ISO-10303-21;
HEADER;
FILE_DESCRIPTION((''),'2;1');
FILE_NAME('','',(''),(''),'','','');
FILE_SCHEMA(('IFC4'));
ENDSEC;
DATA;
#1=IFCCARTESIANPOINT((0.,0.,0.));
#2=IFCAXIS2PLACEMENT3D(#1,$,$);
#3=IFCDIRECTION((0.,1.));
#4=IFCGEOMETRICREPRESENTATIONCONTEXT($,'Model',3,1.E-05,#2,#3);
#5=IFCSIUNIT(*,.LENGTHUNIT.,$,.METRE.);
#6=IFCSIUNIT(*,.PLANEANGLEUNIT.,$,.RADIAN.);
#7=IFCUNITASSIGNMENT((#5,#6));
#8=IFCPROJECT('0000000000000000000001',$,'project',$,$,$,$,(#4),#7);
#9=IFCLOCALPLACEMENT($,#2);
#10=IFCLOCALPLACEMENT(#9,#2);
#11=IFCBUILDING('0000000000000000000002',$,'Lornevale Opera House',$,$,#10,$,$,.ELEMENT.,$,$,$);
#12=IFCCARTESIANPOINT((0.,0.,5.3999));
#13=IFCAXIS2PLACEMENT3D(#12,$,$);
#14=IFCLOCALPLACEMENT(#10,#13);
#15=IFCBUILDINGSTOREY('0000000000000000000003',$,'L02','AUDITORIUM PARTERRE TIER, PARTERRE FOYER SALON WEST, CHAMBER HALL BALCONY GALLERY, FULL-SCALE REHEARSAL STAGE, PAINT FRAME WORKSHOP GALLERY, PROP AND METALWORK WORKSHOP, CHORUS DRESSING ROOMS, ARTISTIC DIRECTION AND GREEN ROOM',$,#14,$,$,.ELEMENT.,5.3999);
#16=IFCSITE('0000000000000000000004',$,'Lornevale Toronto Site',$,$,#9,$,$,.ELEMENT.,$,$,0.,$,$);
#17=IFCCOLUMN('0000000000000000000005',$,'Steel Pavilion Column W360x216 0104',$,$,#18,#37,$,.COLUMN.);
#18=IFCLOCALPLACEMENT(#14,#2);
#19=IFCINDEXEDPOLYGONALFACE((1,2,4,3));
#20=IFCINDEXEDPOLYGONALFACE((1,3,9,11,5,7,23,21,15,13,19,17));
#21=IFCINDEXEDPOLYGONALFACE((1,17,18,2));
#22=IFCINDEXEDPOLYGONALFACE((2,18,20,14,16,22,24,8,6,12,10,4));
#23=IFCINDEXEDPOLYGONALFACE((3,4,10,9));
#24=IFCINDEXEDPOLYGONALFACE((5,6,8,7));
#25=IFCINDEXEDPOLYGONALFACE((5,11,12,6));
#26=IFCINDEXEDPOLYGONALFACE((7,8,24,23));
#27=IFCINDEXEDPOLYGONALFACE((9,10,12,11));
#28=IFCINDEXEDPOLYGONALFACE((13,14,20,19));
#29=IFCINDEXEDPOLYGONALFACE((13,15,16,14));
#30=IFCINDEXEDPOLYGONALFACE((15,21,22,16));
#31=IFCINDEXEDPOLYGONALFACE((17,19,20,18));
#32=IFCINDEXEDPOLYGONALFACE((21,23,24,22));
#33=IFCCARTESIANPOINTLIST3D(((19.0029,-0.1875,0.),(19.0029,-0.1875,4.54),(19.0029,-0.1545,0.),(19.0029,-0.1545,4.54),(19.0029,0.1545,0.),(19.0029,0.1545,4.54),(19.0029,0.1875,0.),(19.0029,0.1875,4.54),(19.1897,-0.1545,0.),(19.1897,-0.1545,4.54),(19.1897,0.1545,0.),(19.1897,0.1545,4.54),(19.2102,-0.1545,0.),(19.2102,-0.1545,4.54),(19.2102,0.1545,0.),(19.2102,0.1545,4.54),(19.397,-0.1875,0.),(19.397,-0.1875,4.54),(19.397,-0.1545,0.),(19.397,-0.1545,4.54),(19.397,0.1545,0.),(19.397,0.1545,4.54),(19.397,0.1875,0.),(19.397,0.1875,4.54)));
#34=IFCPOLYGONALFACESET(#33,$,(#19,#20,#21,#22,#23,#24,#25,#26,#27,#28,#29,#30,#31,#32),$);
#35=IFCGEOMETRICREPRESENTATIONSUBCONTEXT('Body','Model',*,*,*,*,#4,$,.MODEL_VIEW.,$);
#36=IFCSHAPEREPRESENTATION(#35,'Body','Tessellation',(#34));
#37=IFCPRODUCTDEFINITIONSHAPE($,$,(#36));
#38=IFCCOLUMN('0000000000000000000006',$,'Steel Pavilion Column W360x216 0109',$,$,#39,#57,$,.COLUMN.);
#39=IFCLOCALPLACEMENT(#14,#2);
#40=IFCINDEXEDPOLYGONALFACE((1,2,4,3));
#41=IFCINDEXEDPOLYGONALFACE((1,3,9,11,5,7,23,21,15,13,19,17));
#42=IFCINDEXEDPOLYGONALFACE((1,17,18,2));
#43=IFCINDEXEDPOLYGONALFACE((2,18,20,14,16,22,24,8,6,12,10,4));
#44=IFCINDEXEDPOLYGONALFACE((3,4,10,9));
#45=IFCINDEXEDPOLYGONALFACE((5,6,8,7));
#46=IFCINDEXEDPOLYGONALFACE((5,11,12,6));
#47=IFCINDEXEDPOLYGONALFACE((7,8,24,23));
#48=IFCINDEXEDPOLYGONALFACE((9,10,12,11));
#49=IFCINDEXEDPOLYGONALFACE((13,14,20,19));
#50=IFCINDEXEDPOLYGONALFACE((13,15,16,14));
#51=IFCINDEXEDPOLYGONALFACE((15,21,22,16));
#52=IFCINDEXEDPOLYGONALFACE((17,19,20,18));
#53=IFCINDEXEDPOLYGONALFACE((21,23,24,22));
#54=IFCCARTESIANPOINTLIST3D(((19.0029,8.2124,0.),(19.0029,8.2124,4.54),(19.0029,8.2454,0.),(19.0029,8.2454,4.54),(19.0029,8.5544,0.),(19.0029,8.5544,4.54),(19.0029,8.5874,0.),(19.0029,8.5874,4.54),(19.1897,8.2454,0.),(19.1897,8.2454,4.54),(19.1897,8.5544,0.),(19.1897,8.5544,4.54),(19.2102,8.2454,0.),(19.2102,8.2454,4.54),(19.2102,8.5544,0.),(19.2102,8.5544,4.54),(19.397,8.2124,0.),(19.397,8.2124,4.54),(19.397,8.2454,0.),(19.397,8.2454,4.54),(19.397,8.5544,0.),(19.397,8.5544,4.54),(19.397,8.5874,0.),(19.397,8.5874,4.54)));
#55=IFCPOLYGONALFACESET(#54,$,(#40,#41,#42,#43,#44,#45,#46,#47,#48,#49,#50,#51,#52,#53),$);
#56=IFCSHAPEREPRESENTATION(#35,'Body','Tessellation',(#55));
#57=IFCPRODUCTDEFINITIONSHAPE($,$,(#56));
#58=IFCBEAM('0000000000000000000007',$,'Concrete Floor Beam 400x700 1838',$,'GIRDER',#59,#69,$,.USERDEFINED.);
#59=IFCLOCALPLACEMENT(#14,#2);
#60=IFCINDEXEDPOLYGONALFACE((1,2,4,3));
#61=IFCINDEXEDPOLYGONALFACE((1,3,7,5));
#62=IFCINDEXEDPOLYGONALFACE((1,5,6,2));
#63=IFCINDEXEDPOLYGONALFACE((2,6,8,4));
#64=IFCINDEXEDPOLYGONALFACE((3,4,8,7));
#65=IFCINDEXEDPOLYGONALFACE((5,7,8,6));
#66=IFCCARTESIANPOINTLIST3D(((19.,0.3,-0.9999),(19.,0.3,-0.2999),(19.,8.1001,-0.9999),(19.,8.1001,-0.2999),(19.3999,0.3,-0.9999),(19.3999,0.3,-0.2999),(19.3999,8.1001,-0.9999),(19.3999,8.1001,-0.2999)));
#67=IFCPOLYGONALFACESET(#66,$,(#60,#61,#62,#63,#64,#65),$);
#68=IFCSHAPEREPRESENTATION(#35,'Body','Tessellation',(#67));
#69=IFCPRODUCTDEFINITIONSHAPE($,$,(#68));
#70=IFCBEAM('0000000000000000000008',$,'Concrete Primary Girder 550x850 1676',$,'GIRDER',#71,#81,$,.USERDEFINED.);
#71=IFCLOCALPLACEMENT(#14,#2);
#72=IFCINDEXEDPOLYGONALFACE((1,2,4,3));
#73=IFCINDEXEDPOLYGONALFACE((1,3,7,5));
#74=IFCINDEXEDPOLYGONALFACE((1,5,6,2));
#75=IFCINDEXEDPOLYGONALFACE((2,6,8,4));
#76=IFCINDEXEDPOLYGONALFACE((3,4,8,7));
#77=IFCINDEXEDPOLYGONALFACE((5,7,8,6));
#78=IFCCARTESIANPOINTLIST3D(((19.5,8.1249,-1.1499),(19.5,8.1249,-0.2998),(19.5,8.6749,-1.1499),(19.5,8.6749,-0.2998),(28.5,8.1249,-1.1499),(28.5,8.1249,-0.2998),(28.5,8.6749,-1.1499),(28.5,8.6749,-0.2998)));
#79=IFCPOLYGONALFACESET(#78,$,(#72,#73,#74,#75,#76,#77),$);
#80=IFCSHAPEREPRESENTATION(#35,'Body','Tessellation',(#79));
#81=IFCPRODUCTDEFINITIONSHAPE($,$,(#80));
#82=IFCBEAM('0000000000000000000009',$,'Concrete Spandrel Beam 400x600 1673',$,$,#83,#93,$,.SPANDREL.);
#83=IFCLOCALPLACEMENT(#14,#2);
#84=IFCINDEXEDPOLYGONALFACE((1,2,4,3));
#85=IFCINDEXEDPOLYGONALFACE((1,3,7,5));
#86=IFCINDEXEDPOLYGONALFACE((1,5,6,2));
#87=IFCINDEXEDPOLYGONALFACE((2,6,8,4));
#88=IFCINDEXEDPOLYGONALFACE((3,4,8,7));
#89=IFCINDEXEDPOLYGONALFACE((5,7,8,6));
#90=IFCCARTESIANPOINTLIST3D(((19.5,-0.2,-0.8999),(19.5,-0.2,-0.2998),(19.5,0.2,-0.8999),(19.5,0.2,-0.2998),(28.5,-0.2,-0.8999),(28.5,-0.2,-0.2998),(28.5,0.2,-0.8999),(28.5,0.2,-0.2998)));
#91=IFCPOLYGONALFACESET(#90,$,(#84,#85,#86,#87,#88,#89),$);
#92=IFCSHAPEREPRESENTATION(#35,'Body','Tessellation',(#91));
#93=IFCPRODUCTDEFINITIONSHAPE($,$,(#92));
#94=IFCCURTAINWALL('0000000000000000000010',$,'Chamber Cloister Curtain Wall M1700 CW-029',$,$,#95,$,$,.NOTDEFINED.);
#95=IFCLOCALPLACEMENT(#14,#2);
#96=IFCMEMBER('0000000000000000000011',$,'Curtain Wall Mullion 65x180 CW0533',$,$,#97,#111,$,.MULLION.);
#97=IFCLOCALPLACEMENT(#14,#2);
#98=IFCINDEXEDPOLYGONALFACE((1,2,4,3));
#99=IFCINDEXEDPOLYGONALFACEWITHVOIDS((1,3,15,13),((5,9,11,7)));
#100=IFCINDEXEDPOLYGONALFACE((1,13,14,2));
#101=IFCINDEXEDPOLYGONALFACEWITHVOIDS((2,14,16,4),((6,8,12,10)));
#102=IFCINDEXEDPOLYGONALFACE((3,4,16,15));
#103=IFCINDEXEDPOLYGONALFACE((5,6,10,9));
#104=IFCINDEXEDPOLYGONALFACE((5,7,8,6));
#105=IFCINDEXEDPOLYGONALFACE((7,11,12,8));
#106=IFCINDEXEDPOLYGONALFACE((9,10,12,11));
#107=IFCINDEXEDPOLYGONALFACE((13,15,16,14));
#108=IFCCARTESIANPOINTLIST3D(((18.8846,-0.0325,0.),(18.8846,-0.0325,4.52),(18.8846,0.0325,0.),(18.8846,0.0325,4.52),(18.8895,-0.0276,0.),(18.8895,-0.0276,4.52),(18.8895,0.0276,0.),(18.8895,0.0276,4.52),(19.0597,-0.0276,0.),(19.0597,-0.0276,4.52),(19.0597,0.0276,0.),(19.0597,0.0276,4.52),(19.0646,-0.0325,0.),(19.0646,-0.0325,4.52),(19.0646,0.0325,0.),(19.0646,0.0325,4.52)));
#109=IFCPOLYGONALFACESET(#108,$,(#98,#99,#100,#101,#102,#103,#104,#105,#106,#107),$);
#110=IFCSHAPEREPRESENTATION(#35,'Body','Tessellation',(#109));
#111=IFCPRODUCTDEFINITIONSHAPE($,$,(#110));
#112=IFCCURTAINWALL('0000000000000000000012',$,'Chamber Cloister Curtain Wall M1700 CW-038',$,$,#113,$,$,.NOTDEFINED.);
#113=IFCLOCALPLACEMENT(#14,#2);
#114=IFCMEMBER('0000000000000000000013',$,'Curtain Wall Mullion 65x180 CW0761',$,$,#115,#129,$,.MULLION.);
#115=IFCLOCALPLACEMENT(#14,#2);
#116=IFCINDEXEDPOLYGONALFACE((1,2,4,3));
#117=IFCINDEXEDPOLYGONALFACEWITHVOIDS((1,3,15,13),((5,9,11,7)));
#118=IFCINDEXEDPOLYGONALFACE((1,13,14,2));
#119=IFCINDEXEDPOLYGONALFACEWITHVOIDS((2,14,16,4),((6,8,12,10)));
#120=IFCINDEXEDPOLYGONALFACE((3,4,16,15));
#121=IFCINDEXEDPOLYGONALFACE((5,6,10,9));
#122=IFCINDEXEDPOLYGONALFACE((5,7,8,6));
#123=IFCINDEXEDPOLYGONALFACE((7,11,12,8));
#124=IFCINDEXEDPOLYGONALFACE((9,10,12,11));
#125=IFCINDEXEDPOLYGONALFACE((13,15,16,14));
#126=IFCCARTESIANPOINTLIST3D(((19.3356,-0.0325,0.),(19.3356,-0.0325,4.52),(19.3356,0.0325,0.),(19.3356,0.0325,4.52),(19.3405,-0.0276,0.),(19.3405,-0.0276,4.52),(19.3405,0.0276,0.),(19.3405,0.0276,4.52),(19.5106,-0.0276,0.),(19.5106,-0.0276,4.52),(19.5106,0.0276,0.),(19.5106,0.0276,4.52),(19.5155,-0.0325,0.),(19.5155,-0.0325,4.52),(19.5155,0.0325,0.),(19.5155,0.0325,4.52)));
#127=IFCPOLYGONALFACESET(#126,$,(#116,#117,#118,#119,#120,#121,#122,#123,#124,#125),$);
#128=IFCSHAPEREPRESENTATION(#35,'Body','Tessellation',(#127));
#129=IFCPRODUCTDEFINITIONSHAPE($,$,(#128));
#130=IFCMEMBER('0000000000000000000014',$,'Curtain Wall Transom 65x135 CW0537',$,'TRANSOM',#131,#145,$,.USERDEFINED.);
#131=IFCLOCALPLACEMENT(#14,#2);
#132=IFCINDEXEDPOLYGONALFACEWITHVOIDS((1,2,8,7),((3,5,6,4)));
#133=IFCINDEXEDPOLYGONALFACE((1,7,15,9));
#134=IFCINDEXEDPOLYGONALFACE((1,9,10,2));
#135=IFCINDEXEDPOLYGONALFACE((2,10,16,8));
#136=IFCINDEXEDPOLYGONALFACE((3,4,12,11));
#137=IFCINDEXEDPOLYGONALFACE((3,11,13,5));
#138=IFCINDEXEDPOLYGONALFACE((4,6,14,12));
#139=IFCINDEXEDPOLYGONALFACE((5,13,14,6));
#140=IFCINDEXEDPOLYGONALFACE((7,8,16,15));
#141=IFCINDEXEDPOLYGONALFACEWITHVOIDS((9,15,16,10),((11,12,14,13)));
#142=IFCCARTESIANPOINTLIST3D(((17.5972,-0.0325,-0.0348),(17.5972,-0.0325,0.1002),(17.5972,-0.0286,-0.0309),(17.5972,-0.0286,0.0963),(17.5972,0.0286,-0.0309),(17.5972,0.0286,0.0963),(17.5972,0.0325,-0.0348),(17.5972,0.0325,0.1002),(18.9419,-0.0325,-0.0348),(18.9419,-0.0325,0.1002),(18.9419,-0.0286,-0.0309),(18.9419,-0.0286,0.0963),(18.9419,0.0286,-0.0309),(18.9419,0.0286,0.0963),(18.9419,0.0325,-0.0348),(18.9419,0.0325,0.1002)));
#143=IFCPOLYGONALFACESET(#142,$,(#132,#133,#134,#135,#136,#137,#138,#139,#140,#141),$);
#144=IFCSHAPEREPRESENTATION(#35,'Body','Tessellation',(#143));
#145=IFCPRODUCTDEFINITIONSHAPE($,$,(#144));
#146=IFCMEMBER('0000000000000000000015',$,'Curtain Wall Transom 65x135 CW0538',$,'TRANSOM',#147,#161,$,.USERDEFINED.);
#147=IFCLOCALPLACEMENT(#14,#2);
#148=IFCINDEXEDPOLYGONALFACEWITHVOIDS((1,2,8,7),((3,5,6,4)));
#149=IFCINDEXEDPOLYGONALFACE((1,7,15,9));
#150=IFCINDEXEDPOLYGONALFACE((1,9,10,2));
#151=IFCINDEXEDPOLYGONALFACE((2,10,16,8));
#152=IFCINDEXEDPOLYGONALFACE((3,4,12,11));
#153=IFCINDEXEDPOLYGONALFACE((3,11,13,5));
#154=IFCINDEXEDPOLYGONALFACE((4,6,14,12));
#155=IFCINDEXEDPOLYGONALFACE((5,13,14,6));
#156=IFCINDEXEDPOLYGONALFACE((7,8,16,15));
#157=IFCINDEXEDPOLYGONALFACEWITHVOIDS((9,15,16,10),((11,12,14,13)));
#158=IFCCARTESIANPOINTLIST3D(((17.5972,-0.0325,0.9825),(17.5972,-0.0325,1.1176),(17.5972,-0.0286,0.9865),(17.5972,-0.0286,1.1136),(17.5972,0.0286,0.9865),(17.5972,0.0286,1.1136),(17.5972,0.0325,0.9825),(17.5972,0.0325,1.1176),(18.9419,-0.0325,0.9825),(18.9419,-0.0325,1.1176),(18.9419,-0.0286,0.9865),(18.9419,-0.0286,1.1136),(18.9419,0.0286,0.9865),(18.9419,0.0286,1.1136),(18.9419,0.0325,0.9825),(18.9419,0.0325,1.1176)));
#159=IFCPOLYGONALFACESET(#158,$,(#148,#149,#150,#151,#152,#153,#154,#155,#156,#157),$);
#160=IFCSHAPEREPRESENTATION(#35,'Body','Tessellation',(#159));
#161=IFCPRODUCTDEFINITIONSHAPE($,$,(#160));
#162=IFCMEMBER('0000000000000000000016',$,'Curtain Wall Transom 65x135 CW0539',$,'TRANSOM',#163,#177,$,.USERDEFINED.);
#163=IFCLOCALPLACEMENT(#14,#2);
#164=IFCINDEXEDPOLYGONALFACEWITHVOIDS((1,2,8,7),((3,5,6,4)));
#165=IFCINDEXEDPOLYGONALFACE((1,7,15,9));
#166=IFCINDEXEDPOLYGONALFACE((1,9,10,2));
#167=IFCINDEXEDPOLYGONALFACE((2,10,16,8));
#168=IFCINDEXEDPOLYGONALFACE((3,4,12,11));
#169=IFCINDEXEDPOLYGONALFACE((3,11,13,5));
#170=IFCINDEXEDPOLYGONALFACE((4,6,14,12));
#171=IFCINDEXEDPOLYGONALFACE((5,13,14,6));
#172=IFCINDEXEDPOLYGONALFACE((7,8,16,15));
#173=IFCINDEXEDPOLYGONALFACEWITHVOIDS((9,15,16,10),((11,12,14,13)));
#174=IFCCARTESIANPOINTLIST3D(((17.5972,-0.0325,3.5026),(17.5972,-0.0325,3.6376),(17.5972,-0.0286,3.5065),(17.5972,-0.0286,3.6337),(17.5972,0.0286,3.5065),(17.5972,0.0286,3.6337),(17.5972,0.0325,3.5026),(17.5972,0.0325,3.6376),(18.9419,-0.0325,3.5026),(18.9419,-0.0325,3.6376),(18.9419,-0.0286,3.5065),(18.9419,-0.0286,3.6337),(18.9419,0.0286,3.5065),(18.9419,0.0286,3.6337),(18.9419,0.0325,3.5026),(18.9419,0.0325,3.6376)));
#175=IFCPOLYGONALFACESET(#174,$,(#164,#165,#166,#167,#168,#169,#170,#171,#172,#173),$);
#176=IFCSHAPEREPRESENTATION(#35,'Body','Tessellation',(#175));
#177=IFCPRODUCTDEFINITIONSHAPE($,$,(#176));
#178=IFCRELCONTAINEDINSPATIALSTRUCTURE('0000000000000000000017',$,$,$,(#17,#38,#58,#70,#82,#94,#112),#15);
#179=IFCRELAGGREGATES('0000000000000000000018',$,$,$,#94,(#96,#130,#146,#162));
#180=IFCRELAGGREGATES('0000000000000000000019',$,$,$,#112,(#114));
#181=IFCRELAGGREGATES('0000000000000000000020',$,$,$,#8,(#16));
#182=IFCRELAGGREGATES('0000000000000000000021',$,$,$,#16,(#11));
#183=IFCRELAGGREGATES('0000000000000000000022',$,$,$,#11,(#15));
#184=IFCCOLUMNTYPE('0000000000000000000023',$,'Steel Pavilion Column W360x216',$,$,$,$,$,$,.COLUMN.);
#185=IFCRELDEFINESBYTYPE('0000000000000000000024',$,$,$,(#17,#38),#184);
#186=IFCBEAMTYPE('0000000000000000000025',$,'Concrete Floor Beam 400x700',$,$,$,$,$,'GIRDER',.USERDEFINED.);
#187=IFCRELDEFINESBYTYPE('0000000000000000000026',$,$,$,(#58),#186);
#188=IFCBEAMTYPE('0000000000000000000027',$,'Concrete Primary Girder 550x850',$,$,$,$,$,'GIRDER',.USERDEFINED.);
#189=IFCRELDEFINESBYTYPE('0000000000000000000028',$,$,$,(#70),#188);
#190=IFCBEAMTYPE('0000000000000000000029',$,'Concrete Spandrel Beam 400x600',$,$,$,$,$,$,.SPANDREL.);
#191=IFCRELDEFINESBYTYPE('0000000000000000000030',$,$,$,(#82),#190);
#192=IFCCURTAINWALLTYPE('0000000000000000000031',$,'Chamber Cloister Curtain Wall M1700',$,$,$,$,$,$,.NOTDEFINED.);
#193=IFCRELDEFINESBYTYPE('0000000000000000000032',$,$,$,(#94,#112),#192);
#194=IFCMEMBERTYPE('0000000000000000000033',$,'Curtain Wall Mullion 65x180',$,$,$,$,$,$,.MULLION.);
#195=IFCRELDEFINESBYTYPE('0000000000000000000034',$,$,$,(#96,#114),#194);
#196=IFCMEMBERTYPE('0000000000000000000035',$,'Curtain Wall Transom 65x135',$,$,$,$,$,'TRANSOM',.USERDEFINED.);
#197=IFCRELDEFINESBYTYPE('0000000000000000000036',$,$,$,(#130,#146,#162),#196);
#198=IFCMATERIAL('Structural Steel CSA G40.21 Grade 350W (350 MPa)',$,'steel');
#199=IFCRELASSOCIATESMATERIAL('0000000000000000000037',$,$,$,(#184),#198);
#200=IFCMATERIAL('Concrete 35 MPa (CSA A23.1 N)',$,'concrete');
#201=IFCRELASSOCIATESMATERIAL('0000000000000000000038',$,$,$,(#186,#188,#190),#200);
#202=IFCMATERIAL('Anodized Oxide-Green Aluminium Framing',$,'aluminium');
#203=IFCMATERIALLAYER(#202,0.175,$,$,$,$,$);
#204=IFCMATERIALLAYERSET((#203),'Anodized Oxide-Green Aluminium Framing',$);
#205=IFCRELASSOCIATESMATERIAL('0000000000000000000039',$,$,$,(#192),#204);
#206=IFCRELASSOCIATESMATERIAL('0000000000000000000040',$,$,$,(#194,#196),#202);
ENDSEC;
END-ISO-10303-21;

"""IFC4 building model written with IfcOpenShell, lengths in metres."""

from ifc_helpers import new_model, si_unit, direction, frame, origin, origin_2d, place, context, subcontext, project, spatial, rectangle, hollow_rectangle, i_section, extrude, material, layer, layer_set, material_profile, profile_set, type_object, element, aggregate, save


model = new_model("IFC4")

# Units and contexts
model_context = context("Model", 3, precision=1e-05, world=origin(), true_north=direction((0.0, 1.0)))
body_context = subcontext(model_context, "Body", "Model", "MODEL_VIEW")
ifc_project = project(units=[si_unit("LENGTHUNIT", "METRE"), si_unit("PLANEANGLEUNIT", "RADIAN")], contexts=[model_context])

# Site, building, storey
site_placement = place(None, origin())
site = spatial("IfcSite", under=ifc_project, at=site_placement, Name="Lornevale Toronto Site", CompositionType="ELEMENT", RefElevation=0.0)
building_placement = place(site_placement, origin())
building = spatial("IfcBuilding", under=site, at=building_placement, Name="Lornevale Opera House", CompositionType="ELEMENT")
storey_placement = place(building_placement, frame((0.0, 0.0, 5.3999)))
storey = spatial("IfcBuildingStorey", under=building, at=storey_placement, Name="L02", Description="AUDITORIUM PARTERRE TIER, PARTERRE FOYER SALON WEST, CHAMBER HALL BALCONY GALLERY, FULL-SCALE REHEARSAL STAGE, PAINT FRAME WORKSHOP GALLERY, PROP AND METALWORK WORKSHOP, CHORUS DRESSING ROOMS, ARTISTIC DIRECTION AND GREEN ROOM", CompositionType="ELEMENT", Elevation=5.3999)

# Columns
ifc_material_1 = material(Name="Structural Steel CSA G40.21 Grade 350W (350 MPa)", Category="steel")
ifc_material_profile_1 = material_profile(ifc_material_1, i_section(OverallWidth=0.394, OverallDepth=0.375, WebThickness=0.0205, FlangeThickness=0.033, at=origin_2d()), Name="W360x216")
ifc_profile_set_1 = profile_set([ifc_material_profile_1], Name="Structural Steel CSA G40.21 Grade 350W (350 MPa)")
column_type = type_object("IfcColumnType", Name="Steel Pavilion Column W360x216", PredefinedType="COLUMN", material=ifc_profile_set_1)
for number, where, z_axis, x_axis, name in (
    (1, (19.2, 0.0, 0.0), (0.0, 0.0, 1.0), (1.0, 0.0, 0.0), "Steel Pavilion Column W360x216 0104"),
    (2, (19.2, 8.3999, 0.0), (0.0, 0.0, 1.0), (1.0, 0.0, 0.0), "Steel Pavilion Column W360x216 0109"),
):
    element("IfcColumn", number, at=place(storey_placement, frame(where, z_axis=z_axis, x_axis=x_axis)), inside=storey, type_object=column_type, Name=name, PredefinedType="COLUMN", context=body_context, shape_type="SweptSolid", body=[
        extrude(i_section(OverallWidth=0.394, OverallDepth=0.375, WebThickness=0.0205, FlangeThickness=0.033, at=origin_2d()), origin(), (0.0, 0.0, 1.0), 4.54),
    ])

# Beams
ifc_material_2 = material(Name="Concrete 35 MPa (CSA A23.1 N)", Category="concrete")
ifc_material_profile_2 = material_profile(ifc_material_2, rectangle(XDim=0.3999, YDim=0.7, at=origin_2d()), Name="RC400x700")
ifc_profile_set_2 = profile_set([ifc_material_profile_2], Name="Concrete 35 MPa (CSA A23.1 N)")
beam_type_1 = type_object("IfcBeamType", Name="Concrete Floor Beam 400x700", ElementType="GIRDER", PredefinedType="USERDEFINED", material=ifc_profile_set_2)
beam_1_placement = place(storey_placement, frame((19.2, 0.3, -0.6499), z_axis=(0.0, 1.0, 0.0), x_axis=(-1.0, 0.0, 0.0)))
element("IfcBeam", 3, at=beam_1_placement, inside=storey, type_object=beam_type_1, Name="Concrete Floor Beam 400x700 1838", ObjectType="GIRDER", PredefinedType="USERDEFINED", context=body_context, shape_type="SweptSolid", body=[
    extrude(rectangle(XDim=0.3999, YDim=0.7, at=origin_2d()), origin(), (0.0, 0.0, 1.0), 7.8),
])
ifc_material_profile_3 = material_profile(ifc_material_2, rectangle(XDim=0.55, YDim=0.8501, at=origin_2d()), Name="RC550x850")
ifc_profile_set_3 = profile_set([ifc_material_profile_3], Name="Concrete 35 MPa (CSA A23.1 N)")
beam_type_2 = type_object("IfcBeamType", Name="Concrete Primary Girder 550x850", ElementType="GIRDER", PredefinedType="USERDEFINED", material=ifc_profile_set_3)
beam_2_placement = place(storey_placement, frame((19.5, 8.3999, -0.7249), z_axis=(1.0, 0.0, 0.0), x_axis=(0.0, 1.0, 0.0)))
element("IfcBeam", 4, at=beam_2_placement, inside=storey, type_object=beam_type_2, Name="Concrete Primary Girder 550x850 1676", ObjectType="GIRDER", PredefinedType="USERDEFINED", context=body_context, shape_type="SweptSolid", body=[
    extrude(rectangle(XDim=0.55, YDim=0.8501, at=origin_2d()), origin(), (0.0, 0.0, 1.0), 9.0),
])
ifc_material_profile_4 = material_profile(ifc_material_2, rectangle(XDim=0.3999, YDim=0.6001, at=origin_2d()), Name="RC400x600")
ifc_profile_set_4 = profile_set([ifc_material_profile_4], Name="Concrete 35 MPa (CSA A23.1 N)")
beam_type_3 = type_object("IfcBeamType", Name="Concrete Spandrel Beam 400x600", PredefinedType="SPANDREL", material=ifc_profile_set_4)
beam_3_placement = place(storey_placement, frame((19.5, 0.0, -0.5999), z_axis=(1.0, 0.0, 0.0), x_axis=(0.0, 1.0, 0.0)))
element("IfcBeam", 5, at=beam_3_placement, inside=storey, type_object=beam_type_3, Name="Concrete Spandrel Beam 400x600 1673", PredefinedType="SPANDREL", context=body_context, shape_type="SweptSolid", body=[
    extrude(rectangle(XDim=0.3999, YDim=0.6001, at=origin_2d()), origin(), (0.0, 0.0, 1.0), 9.0),
])

# Curtain walls, members
ifc_material_3 = material(Name="Anodized Oxide-Green Aluminium Framing", Category="aluminium")
ifc_layer_1 = layer(ifc_material_3, 0.175)
ifc_layer_set_1 = layer_set([ifc_layer_1], Name="Anodized Oxide-Green Aluminium Framing")
curtain_wall_type = type_object("IfcCurtainWallType", Name="Chamber Cloister Curtain Wall M1700", PredefinedType="NOTDEFINED", material=ifc_layer_set_1)
curtain_wall_1_placement = place(storey_placement, origin())
curtain_wall_1 = element("IfcCurtainWall", 6, at=curtain_wall_1_placement, inside=storey, type_object=curtain_wall_type, Name="Chamber Cloister Curtain Wall M1700 CW-029", PredefinedType="NOTDEFINED")
ifc_material_profile_5 = material_profile(ifc_material_3, hollow_rectangle(XDim=0.0649, YDim=0.1799, WallThickness=0.0049, at=origin_2d()), Name="ALU65x180x5")
ifc_profile_set_5 = profile_set([ifc_material_profile_5], Name="Anodized Oxide-Green Aluminium Framing")
member_type_1 = type_object("IfcMemberType", Name="Curtain Wall Mullion 65x180", PredefinedType="MULLION", material=ifc_profile_set_5)
member_1_placement = place(storey_placement, frame((18.9746, 0.0, 0.0), z_axis=(0.0, 0.0, 1.0), x_axis=(0.0, -1.0, 0.0)))
member_1 = element("IfcMember", 7, at=member_1_placement, type_object=member_type_1, Name="Curtain Wall Mullion 65x180 CW0533", PredefinedType="MULLION", context=body_context, shape_type="SweptSolid", body=[
    extrude(hollow_rectangle(XDim=0.0649, YDim=0.1799, WallThickness=0.0049, at=origin_2d()), origin(), (0.0, 0.0, 1.0), 4.52),
])
curtain_wall_2_placement = place(storey_placement, origin())
curtain_wall_2 = element("IfcCurtainWall", 8, at=curtain_wall_2_placement, inside=storey, type_object=curtain_wall_type, Name="Chamber Cloister Curtain Wall M1700 CW-038", PredefinedType="NOTDEFINED")
member_2_placement = place(storey_placement, frame((19.4255, 0.0, 0.0), z_axis=(0.0, 0.0, 1.0), x_axis=(0.0, -1.0, 0.0)))
member_2 = element("IfcMember", 9, at=member_2_placement, type_object=member_type_1, Name="Curtain Wall Mullion 65x180 CW0761", PredefinedType="MULLION", context=body_context, shape_type="SweptSolid", body=[
    extrude(hollow_rectangle(XDim=0.0649, YDim=0.1799, WallThickness=0.0049, at=origin_2d()), origin(), (0.0, 0.0, 1.0), 4.52),
])

# Members
ifc_material_profile_6 = material_profile(ifc_material_3, hollow_rectangle(XDim=0.0649, YDim=0.135, WallThickness=0.0039, at=origin_2d()), Name="ALU65x135x4")
ifc_profile_set_6 = profile_set([ifc_material_profile_6], Name="Anodized Oxide-Green Aluminium Framing")
member_type_2 = type_object("IfcMemberType", Name="Curtain Wall Transom 65x135", ElementType="TRANSOM", PredefinedType="USERDEFINED", material=ifc_profile_set_6)
member_3_placement = place(storey_placement, frame((18.9419, 0.0, 0.0327), z_axis=(-1.0, 0.0, 0.0), x_axis=(0.0, -1.0, 0.0)))
member_3 = element("IfcMember", 10, at=member_3_placement, type_object=member_type_2, Name="Curtain Wall Transom 65x135 CW0537", ObjectType="TRANSOM", PredefinedType="USERDEFINED", context=body_context, shape_type="SweptSolid", body=[
    extrude(hollow_rectangle(XDim=0.0649, YDim=0.135, WallThickness=0.0039, at=origin_2d()), origin(), (0.0, 0.0, 1.0), 1.3447),
])
member_4_placement = place(storey_placement, frame((18.9419, 0.0, 1.05), z_axis=(-1.0, 0.0, 0.0), x_axis=(0.0, -1.0, 0.0)))
member_4 = element("IfcMember", 11, at=member_4_placement, type_object=member_type_2, Name="Curtain Wall Transom 65x135 CW0538", ObjectType="TRANSOM", PredefinedType="USERDEFINED", context=body_context, shape_type="SweptSolid", body=[
    extrude(hollow_rectangle(XDim=0.0649, YDim=0.135, WallThickness=0.0039, at=origin_2d()), origin(), (0.0, 0.0, 1.0), 1.3447),
])
member_5_placement = place(storey_placement, frame((18.9419, 0.0, 3.5701), z_axis=(-1.0, 0.0, 0.0), x_axis=(0.0, -1.0, 0.0)))
member_5 = element("IfcMember", 12, at=member_5_placement, type_object=member_type_2, Name="Curtain Wall Transom 65x135 CW0539", ObjectType="TRANSOM", PredefinedType="USERDEFINED", context=body_context, shape_type="SweptSolid", body=[
    extrude(hollow_rectangle(XDim=0.0649, YDim=0.135, WallThickness=0.0039, at=origin_2d()), origin(), (0.0, 0.0, 1.0), 1.3447),
])

aggregate(curtain_wall_1, [member_1, member_3, member_4, member_5])
aggregate(curtain_wall_2, [member_2])

save(model, "model.ifc")
